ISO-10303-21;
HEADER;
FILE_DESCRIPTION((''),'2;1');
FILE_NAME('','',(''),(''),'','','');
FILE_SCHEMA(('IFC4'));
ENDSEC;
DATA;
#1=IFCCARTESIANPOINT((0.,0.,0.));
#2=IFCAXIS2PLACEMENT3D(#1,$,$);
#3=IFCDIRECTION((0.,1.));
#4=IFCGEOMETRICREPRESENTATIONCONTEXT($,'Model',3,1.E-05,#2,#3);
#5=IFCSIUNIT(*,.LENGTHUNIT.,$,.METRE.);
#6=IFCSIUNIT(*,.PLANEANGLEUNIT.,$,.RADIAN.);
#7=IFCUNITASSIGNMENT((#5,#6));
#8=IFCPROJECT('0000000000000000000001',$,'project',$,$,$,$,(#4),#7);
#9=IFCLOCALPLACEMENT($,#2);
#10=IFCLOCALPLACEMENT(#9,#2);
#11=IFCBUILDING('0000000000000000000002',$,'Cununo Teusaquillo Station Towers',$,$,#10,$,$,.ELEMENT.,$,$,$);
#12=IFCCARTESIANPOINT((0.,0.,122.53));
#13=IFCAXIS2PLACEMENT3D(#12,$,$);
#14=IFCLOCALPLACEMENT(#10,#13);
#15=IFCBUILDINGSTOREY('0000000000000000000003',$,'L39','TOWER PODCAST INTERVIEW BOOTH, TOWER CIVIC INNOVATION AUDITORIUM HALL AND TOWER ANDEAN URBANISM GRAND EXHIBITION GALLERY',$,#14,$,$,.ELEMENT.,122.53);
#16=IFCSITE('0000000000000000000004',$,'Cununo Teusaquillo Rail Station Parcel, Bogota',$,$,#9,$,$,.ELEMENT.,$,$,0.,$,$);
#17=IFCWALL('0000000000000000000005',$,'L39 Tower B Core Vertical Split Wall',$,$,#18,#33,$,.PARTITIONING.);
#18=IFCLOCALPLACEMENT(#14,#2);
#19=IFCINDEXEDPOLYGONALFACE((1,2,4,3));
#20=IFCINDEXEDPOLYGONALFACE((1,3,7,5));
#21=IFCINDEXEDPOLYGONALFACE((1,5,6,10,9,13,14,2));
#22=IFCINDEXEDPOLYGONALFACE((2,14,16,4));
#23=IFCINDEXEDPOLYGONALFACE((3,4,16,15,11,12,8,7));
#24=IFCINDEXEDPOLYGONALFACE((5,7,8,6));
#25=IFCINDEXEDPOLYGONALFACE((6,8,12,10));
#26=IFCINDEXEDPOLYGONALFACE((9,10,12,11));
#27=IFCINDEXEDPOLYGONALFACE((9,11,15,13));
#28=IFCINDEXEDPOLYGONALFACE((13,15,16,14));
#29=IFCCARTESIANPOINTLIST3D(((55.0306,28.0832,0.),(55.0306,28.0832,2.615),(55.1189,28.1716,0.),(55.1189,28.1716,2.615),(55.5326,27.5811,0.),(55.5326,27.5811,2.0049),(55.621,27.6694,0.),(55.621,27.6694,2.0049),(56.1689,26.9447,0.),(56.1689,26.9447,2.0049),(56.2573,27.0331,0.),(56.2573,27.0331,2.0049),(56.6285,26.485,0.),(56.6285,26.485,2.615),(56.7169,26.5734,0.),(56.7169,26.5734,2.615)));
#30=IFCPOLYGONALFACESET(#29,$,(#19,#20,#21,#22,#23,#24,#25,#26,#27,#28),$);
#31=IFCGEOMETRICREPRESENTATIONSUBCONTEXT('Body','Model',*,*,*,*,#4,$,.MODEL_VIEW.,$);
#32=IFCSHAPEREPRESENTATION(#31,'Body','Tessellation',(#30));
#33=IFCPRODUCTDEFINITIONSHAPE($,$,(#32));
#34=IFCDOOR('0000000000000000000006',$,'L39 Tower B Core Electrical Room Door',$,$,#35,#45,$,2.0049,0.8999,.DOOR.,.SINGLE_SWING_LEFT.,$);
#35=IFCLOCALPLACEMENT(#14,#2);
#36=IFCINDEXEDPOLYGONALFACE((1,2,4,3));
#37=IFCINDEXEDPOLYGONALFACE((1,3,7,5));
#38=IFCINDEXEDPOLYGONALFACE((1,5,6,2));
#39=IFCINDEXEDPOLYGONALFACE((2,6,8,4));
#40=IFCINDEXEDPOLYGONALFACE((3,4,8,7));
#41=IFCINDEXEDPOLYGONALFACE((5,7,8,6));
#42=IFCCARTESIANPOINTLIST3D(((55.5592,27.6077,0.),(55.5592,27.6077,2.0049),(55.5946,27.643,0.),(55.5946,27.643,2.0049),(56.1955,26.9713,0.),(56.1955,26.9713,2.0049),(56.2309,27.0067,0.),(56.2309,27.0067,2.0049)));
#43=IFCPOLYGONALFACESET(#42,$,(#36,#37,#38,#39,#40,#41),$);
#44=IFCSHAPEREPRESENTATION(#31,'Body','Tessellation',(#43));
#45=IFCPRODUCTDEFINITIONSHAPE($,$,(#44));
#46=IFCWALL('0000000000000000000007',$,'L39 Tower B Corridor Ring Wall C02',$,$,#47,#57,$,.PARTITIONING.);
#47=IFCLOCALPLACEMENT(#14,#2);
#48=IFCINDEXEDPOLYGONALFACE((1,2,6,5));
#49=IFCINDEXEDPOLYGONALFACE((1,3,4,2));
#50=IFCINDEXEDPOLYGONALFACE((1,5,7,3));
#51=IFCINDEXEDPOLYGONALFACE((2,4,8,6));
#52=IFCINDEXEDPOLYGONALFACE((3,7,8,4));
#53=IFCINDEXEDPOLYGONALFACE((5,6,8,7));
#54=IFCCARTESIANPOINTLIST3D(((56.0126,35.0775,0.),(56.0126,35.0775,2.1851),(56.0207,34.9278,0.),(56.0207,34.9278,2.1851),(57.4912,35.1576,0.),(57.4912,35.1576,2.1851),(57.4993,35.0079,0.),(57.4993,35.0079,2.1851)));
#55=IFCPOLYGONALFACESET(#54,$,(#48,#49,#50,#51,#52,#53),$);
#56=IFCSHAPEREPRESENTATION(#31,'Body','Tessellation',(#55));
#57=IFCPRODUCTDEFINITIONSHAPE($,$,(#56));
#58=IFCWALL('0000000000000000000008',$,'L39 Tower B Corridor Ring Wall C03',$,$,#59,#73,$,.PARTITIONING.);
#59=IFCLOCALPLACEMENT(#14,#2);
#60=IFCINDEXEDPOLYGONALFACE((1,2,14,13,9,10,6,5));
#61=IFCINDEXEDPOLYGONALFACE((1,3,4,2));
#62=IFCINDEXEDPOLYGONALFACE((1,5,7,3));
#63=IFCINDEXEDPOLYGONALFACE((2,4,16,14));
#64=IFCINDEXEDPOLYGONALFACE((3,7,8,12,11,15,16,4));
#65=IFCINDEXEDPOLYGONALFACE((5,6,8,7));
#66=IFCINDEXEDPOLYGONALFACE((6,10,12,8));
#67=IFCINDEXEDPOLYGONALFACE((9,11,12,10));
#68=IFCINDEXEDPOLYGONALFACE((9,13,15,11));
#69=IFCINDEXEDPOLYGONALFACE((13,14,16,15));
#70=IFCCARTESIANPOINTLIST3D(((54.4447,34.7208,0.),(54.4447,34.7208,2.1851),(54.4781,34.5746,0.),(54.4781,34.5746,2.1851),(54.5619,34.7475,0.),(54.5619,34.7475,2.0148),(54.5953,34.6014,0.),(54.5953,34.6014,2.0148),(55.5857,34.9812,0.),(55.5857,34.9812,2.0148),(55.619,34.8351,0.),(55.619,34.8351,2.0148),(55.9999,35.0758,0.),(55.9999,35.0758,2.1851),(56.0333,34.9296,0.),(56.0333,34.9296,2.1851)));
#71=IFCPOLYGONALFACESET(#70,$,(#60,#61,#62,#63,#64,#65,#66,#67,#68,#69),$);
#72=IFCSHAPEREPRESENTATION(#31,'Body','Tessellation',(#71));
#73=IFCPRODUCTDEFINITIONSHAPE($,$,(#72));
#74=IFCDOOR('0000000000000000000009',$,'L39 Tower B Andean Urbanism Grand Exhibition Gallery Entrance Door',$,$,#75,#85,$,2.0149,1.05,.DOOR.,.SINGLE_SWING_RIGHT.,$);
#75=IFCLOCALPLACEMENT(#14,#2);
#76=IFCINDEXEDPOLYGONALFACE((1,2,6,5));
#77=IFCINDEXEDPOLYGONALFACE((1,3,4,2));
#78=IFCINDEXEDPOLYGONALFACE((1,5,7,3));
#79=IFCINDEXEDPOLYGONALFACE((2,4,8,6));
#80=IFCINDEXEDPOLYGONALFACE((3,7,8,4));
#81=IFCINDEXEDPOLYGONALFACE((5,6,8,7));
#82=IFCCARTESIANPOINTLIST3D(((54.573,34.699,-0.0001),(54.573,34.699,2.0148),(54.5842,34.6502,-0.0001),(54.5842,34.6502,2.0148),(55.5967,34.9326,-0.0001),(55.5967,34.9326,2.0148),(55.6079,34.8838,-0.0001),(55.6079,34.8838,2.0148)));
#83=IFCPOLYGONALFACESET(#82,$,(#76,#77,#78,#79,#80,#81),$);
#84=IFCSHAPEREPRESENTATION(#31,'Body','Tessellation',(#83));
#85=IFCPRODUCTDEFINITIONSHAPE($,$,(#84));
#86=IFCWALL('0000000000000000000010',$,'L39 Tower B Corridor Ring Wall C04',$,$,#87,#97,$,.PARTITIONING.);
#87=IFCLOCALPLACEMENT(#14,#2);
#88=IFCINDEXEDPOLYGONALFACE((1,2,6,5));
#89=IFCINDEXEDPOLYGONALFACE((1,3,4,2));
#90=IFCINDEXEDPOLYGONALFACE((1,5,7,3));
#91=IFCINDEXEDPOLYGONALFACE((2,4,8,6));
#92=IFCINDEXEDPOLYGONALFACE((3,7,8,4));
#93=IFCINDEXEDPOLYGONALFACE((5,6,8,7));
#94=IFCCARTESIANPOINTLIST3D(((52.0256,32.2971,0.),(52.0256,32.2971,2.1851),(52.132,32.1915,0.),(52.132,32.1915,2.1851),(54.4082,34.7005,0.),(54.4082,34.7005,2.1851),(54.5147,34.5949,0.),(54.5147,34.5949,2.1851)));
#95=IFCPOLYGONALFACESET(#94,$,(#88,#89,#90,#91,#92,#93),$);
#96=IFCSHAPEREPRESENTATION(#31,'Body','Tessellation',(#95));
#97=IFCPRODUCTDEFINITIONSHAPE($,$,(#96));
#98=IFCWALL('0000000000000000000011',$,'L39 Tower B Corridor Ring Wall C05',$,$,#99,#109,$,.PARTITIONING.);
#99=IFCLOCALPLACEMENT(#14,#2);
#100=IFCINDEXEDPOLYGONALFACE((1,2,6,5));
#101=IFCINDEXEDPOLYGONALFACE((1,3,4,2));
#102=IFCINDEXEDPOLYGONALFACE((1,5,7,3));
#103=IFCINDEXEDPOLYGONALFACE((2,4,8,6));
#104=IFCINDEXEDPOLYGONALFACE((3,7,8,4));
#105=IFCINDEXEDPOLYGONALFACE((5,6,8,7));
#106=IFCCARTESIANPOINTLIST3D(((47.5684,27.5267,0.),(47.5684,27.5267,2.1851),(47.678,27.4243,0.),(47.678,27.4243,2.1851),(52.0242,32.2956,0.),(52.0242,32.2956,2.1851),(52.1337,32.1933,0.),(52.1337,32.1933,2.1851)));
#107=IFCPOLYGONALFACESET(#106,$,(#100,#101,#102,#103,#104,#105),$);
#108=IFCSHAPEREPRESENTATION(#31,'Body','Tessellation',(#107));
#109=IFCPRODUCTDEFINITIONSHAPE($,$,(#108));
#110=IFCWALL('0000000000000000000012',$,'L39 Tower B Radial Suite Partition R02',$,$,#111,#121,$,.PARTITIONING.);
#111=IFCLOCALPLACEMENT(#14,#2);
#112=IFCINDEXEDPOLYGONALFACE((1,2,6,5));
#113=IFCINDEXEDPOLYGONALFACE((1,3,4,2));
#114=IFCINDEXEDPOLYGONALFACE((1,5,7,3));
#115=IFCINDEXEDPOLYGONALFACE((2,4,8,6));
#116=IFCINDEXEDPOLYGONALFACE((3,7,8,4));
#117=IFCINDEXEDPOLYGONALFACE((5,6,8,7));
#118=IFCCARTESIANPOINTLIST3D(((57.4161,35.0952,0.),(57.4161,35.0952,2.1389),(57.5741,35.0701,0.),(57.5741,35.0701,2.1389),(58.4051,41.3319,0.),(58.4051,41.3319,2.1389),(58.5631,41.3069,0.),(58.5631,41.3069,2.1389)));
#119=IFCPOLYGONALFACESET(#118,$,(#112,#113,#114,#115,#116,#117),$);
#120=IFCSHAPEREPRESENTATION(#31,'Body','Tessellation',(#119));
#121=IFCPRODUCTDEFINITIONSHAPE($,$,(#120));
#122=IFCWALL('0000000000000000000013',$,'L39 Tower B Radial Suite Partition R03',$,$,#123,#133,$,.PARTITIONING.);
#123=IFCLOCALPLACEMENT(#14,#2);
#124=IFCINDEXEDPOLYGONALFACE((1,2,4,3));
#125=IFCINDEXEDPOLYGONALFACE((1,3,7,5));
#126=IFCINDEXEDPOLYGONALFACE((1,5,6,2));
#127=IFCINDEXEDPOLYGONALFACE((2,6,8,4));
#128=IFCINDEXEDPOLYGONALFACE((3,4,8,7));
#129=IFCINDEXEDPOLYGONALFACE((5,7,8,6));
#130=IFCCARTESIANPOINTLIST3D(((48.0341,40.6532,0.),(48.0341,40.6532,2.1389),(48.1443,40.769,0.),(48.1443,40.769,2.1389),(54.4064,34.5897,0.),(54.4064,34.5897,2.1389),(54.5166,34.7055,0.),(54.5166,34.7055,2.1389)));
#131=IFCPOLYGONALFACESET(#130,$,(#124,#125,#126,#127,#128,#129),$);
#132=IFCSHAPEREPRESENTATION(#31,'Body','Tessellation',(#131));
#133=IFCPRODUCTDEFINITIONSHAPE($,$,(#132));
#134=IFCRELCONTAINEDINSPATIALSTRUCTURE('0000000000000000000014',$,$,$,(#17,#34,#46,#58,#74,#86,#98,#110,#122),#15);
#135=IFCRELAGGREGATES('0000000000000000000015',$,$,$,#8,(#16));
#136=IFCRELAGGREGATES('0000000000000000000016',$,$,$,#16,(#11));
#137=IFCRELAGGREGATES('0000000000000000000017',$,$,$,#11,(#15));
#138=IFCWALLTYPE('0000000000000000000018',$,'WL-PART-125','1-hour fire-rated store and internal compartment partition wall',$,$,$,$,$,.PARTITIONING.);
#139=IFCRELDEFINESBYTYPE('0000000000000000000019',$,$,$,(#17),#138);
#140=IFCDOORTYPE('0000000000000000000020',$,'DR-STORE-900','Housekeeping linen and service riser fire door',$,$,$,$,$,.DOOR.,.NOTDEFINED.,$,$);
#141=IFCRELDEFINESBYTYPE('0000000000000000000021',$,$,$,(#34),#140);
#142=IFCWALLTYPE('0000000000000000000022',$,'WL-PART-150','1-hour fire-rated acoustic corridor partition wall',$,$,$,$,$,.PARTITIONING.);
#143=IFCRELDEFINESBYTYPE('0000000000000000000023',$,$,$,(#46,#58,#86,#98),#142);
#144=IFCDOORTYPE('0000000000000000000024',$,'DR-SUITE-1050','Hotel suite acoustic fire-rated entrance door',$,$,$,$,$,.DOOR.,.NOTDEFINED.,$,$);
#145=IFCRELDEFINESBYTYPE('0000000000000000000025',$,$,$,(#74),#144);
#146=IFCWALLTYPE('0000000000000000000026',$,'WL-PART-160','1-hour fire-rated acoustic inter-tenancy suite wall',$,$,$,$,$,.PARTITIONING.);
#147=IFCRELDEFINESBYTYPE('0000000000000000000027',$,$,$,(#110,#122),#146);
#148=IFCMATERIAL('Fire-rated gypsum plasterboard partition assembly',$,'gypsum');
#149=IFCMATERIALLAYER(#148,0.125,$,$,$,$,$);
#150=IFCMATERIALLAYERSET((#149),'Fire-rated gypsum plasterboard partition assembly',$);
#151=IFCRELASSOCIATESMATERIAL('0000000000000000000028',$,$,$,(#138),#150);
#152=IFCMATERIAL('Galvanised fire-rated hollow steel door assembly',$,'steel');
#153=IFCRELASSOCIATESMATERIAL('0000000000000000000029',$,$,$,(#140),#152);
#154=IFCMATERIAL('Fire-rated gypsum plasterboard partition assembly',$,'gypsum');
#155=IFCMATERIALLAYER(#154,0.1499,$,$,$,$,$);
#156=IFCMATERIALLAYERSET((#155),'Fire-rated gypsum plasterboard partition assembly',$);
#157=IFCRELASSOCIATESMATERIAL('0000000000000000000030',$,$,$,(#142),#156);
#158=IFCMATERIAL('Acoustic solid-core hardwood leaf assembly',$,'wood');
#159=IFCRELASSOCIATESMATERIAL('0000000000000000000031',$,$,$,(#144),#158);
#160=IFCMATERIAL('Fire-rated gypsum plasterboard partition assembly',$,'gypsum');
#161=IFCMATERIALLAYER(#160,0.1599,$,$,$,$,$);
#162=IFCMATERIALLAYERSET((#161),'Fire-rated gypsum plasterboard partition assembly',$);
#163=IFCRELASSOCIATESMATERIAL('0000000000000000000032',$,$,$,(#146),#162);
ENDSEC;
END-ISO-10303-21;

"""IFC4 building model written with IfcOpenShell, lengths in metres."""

from ifc_helpers import new_model, si_unit, direction, frame, frame_2d, origin, place, context, subcontext, project, spatial, rectangle, extrude, source, transform, mapped, material, layer, layer_set, type_object, element, fill, save


model = new_model("IFC4")

# Units and contexts
model_context = context("Model", 3, precision=1e-05, world=origin(), true_north=direction((0.0, 1.0)))
body_context = subcontext(model_context, "Body", "Model", "MODEL_VIEW")
ifc_project = project(units=[si_unit("LENGTHUNIT", "METRE"), si_unit("PLANEANGLEUNIT", "RADIAN")], contexts=[model_context])

# Site, building, storey
site_placement = place(None, origin())
site = spatial("IfcSite", under=ifc_project, at=site_placement, Name="Cununo Teusaquillo Rail Station Parcel, Bogota", CompositionType="ELEMENT", RefElevation=0.0)
building_placement = place(site_placement, origin())
building = spatial("IfcBuilding", under=site, at=building_placement, Name="Cununo Teusaquillo Station Towers", CompositionType="ELEMENT")
storey_placement = place(building_placement, frame((0.0, 0.0, 122.53)))
storey = spatial("IfcBuildingStorey", under=building, at=storey_placement, Name="L39", Description="TOWER PODCAST INTERVIEW BOOTH, TOWER CIVIC INNOVATION AUDITORIUM HALL AND TOWER ANDEAN URBANISM GRAND EXHIBITION GALLERY", CompositionType="ELEMENT", Elevation=122.53)

# Wall, opening, door
ifc_material_1 = material(Name="Fire-rated gypsum plasterboard partition assembly", Category="gypsum")
ifc_layer_1 = layer(ifc_material_1, 0.125)
ifc_layer_set_1 = layer_set([ifc_layer_1], Name="Fire-rated gypsum plasterboard partition assembly")
wall_type_1 = type_object("IfcWallType", Name="WL-PART-125", Description="1-hour fire-rated store and internal compartment partition wall", PredefinedType="PARTITIONING", material=ifc_layer_set_1)
wall_1_placement = place(storey_placement, frame((56.6726, 26.5293, 0.0), z_axis=(0.0, 0.0, 1.0), x_axis=(-0.707053, 0.707161, 0.0)))
wall_1 = element("IfcWall", 1, at=wall_1_placement, inside=storey, type_object=wall_type_1, Name="L39 Tower B Core Vertical Split Wall", PredefinedType="PARTITIONING", context=body_context, shape_type="SweptSolid", body=[
    extrude(rectangle(XDim=2.26, YDim=0.125, at=frame_2d((1.1299, 0.0))), origin(), (0.0, 0.0, 1.0), 2.615),
])
shared_shape_1 = source(origin(), body_context, "Body", "SweptSolid", [
    extrude(rectangle(XDim=0.8999, YDim=2.0049, at=frame_2d((0.45, 1.0024))), frame((0.0, 0.0725, 0.0), z_axis=(0.0, -1.0, 0.0), x_axis=(1.0, 0.0, 0.0)), (0.0, 0.0, 1.0), 0.145),
])
opening_1_placement = place(wall_1_placement, frame((0.6499, 0.0, 0.0)))
opening_1 = element("IfcOpeningElement", 2, at=opening_1_placement, cuts=wall_1, PredefinedType="OPENING", context=body_context, shape_type="MappedRepresentation", body=[
    mapped(shared_shape_1, transform((0.0, 0.0, 0.0), x_axis=(1.0, 0.0, 0.0), y_axis=(0.0, 1.0, 0.0), z_axis=(0.0, 0.0, 1.0), scale=1.0)),
])
ifc_material_2 = material(Name="Galvanised fire-rated hollow steel door assembly", Category="steel")
door_type_1 = type_object("IfcDoorType", Name="DR-STORE-900", Description="Housekeeping linen and service riser fire door", OperationType="NOTDEFINED", PredefinedType="DOOR", material=ifc_material_2)
shared_shape_2 = source(origin(), body_context, "Body", "SweptSolid", [
    extrude(rectangle(XDim=0.8999, YDim=2.0049, at=frame_2d((0.45, 1.0024))), frame((0.0, 0.0249, 0.0), z_axis=(0.0, -1.0, 0.0), x_axis=(1.0, 0.0, 0.0)), (0.0, 0.0, 1.0), 0.05),
])
door_1_placement = place(opening_1_placement, origin())
door_1 = element("IfcDoor", 3, at=door_1_placement, inside=storey, type_object=door_type_1, Name="L39 Tower B Core Electrical Room Door", OperationType="SINGLE_SWING_LEFT", OverallHeight=2.0049, OverallWidth=0.8999, PredefinedType="DOOR", context=body_context, shape_type="MappedRepresentation", body=[
    mapped(shared_shape_2, transform((0.0, 0.0, 0.0), x_axis=(1.0, 0.0, 0.0), y_axis=(0.0, 1.0, 0.0), z_axis=(0.0, 0.0, 1.0), scale=1.0)),
])
fill(opening_1, door_1)

# Wall
ifc_material_3 = material(Name="Fire-rated gypsum plasterboard partition assembly", Category="gypsum")
ifc_layer_2 = layer(ifc_material_3, 0.1499)
ifc_layer_set_2 = layer_set([ifc_layer_2], Name="Fire-rated gypsum plasterboard partition assembly")
wall_type_2 = type_object("IfcWallType", Name="WL-PART-150", Description="1-hour fire-rated acoustic corridor partition wall", PredefinedType="PARTITIONING", material=ifc_layer_set_2)
wall_2_placement = place(storey_placement, frame((57.4951, 35.0828, 0.0), z_axis=(0.0, 0.0, 1.0), x_axis=(-0.998537, -0.054082, 0.0)))
element("IfcWall", 4, at=wall_2_placement, inside=storey, type_object=wall_type_2, Name="L39 Tower B Corridor Ring Wall C02", PredefinedType="PARTITIONING", context=body_context, shape_type="SweptSolid", body=[
    extrude(rectangle(XDim=1.4807, YDim=0.1499, at=frame_2d((0.7402, 0.0))), origin(), (0.0, 0.0, 1.0), 2.1851),
])

# Wall, opening, door
wall_3_placement = place(storey_placement, frame((56.0166, 35.0027, 0.0), z_axis=(0.0, 0.0, 1.0), x_axis=(-0.974925, -0.222534, 0.0)))
wall_3 = element("IfcWall", 5, at=wall_3_placement, inside=storey, type_object=wall_type_2, Name="L39 Tower B Corridor Ring Wall C03", PredefinedType="PARTITIONING", context=body_context, shape_type="SweptSolid", body=[
    extrude(rectangle(XDim=1.5952, YDim=0.1499, at=frame_2d((0.7976, 0.0))), origin(), (0.0, 0.0, 1.0), 2.1851),
])
shared_shape_3 = source(origin(), body_context, "Body", "SweptSolid", [
    extrude(rectangle(XDim=1.05, YDim=2.0149, at=frame_2d((0.5249, 1.0073))), frame((0.0, 0.085, 0.0), z_axis=(0.0, -1.0, 0.0), x_axis=(1.0, 0.0, 0.0)), (0.0, 0.0, 1.0), 0.1699),
])
opening_2_placement = place(wall_3_placement, frame((0.425, 0.0, 0.0)))
opening_2 = element("IfcOpeningElement", 6, at=opening_2_placement, cuts=wall_3, PredefinedType="OPENING", context=body_context, shape_type="MappedRepresentation", body=[
    mapped(shared_shape_3, transform((0.0, 0.0, 0.0), x_axis=(1.0, 0.0, 0.0), y_axis=(0.0, 1.0, 0.0), z_axis=(0.0, 0.0, 1.0), scale=1.0)),
])
ifc_material_4 = material(Name="Acoustic solid-core hardwood leaf assembly", Category="wood")
door_type_2 = type_object("IfcDoorType", Name="DR-SUITE-1050", Description="Hotel suite acoustic fire-rated entrance door", OperationType="NOTDEFINED", PredefinedType="DOOR", material=ifc_material_4)
shared_shape_4 = source(origin(), body_context, "Body", "SweptSolid", [
    extrude(rectangle(XDim=1.05, YDim=2.0149, at=frame_2d((0.5249, 1.0073))), frame((0.0, 0.0249, 0.0), z_axis=(0.0, -1.0, 0.0), x_axis=(1.0, 0.0, 0.0)), (0.0, 0.0, 1.0), 0.05),
])
door_2_placement = place(opening_2_placement, origin())
door_2 = element("IfcDoor", 7, at=door_2_placement, inside=storey, type_object=door_type_2, Name="L39 Tower B Andean Urbanism Grand Exhibition Gallery Entrance Door", OperationType="SINGLE_SWING_RIGHT", OverallHeight=2.0149, OverallWidth=1.05, PredefinedType="DOOR", context=body_context, shape_type="MappedRepresentation", body=[
    mapped(shared_shape_4, transform((0.0, 0.0, 0.0), x_axis=(1.0, 0.0, 0.0), y_axis=(0.0, 1.0, 0.0), z_axis=(0.0, 0.0, 1.0), scale=1.0)),
])
fill(opening_2, door_2)

# Walls
wall_4_placement = place(storey_placement, frame((54.4614, 34.6477, 0.0), z_axis=(0.0, 0.0, 1.0), x_axis=(-0.704034, -0.710166, 0.0)))
element("IfcWall", 8, at=wall_4_placement, inside=storey, type_object=wall_type_2, Name="L39 Tower B Corridor Ring Wall C04", PredefinedType="PARTITIONING", context=body_context, shape_type="SweptSolid", body=[
    extrude(rectangle(XDim=3.3843, YDim=0.1499, at=frame_2d((1.6921, 0.0))), origin(), (0.0, 0.0, 1.0), 2.1851),
])
wall_5_placement = place(storey_placement, frame((52.0789, 32.2444, 0.0), z_axis=(0.0, 0.0, 1.0), x_axis=(-0.682703, -0.730696, 0.0)))
element("IfcWall", 9, at=wall_5_placement, inside=storey, type_object=wall_type_2, Name="L39 Tower B Corridor Ring Wall C05", PredefinedType="PARTITIONING", context=body_context, shape_type="SweptSolid", body=[
    extrude(rectangle(XDim=6.5266, YDim=0.1499, at=frame_2d((3.2632, 0.0))), origin(), (0.0, 0.0, 1.0), 2.1851),
])
ifc_material_5 = material(Name="Fire-rated gypsum plasterboard partition assembly", Category="gypsum")
ifc_layer_3 = layer(ifc_material_5, 0.1599)
ifc_layer_set_3 = layer_set([ifc_layer_3], Name="Fire-rated gypsum plasterboard partition assembly")
wall_type_3 = type_object("IfcWallType", Name="WL-PART-160", Description="1-hour fire-rated acoustic inter-tenancy suite wall", PredefinedType="PARTITIONING", material=ifc_layer_set_3)
wall_6_placement = place(storey_placement, frame((57.4951, 35.0828, 0.0), z_axis=(0.0, 0.0, 1.0), x_axis=(0.15662, 0.987659, 0.0)))
element("IfcWall", 10, at=wall_6_placement, inside=storey, type_object=wall_type_3, Name="L39 Tower B Radial Suite Partition R02", PredefinedType="PARTITIONING", context=body_context, shape_type="SweptSolid", body=[
    extrude(rectangle(XDim=6.3147, YDim=0.1599, at=frame_2d((3.1572, 0.0))), origin(), (0.0, 0.0, 1.0), 2.1389),
])
wall_7_placement = place(storey_placement, frame((54.4614, 34.6477, 0.0), z_axis=(0.0, 0.0, 1.0), x_axis=(-0.724444, 0.689334, 0.0)))
element("IfcWall", 11, at=wall_7_placement, inside=storey, type_object=wall_type_3, Name="L39 Tower B Radial Suite Partition R03", PredefinedType="PARTITIONING", context=body_context, shape_type="SweptSolid", body=[
    extrude(rectangle(XDim=8.7961, YDim=0.1599, at=frame_2d((4.3979, 0.0))), origin(), (0.0, 0.0, 1.0), 2.1389),
])

save(model, "model.ifc")
